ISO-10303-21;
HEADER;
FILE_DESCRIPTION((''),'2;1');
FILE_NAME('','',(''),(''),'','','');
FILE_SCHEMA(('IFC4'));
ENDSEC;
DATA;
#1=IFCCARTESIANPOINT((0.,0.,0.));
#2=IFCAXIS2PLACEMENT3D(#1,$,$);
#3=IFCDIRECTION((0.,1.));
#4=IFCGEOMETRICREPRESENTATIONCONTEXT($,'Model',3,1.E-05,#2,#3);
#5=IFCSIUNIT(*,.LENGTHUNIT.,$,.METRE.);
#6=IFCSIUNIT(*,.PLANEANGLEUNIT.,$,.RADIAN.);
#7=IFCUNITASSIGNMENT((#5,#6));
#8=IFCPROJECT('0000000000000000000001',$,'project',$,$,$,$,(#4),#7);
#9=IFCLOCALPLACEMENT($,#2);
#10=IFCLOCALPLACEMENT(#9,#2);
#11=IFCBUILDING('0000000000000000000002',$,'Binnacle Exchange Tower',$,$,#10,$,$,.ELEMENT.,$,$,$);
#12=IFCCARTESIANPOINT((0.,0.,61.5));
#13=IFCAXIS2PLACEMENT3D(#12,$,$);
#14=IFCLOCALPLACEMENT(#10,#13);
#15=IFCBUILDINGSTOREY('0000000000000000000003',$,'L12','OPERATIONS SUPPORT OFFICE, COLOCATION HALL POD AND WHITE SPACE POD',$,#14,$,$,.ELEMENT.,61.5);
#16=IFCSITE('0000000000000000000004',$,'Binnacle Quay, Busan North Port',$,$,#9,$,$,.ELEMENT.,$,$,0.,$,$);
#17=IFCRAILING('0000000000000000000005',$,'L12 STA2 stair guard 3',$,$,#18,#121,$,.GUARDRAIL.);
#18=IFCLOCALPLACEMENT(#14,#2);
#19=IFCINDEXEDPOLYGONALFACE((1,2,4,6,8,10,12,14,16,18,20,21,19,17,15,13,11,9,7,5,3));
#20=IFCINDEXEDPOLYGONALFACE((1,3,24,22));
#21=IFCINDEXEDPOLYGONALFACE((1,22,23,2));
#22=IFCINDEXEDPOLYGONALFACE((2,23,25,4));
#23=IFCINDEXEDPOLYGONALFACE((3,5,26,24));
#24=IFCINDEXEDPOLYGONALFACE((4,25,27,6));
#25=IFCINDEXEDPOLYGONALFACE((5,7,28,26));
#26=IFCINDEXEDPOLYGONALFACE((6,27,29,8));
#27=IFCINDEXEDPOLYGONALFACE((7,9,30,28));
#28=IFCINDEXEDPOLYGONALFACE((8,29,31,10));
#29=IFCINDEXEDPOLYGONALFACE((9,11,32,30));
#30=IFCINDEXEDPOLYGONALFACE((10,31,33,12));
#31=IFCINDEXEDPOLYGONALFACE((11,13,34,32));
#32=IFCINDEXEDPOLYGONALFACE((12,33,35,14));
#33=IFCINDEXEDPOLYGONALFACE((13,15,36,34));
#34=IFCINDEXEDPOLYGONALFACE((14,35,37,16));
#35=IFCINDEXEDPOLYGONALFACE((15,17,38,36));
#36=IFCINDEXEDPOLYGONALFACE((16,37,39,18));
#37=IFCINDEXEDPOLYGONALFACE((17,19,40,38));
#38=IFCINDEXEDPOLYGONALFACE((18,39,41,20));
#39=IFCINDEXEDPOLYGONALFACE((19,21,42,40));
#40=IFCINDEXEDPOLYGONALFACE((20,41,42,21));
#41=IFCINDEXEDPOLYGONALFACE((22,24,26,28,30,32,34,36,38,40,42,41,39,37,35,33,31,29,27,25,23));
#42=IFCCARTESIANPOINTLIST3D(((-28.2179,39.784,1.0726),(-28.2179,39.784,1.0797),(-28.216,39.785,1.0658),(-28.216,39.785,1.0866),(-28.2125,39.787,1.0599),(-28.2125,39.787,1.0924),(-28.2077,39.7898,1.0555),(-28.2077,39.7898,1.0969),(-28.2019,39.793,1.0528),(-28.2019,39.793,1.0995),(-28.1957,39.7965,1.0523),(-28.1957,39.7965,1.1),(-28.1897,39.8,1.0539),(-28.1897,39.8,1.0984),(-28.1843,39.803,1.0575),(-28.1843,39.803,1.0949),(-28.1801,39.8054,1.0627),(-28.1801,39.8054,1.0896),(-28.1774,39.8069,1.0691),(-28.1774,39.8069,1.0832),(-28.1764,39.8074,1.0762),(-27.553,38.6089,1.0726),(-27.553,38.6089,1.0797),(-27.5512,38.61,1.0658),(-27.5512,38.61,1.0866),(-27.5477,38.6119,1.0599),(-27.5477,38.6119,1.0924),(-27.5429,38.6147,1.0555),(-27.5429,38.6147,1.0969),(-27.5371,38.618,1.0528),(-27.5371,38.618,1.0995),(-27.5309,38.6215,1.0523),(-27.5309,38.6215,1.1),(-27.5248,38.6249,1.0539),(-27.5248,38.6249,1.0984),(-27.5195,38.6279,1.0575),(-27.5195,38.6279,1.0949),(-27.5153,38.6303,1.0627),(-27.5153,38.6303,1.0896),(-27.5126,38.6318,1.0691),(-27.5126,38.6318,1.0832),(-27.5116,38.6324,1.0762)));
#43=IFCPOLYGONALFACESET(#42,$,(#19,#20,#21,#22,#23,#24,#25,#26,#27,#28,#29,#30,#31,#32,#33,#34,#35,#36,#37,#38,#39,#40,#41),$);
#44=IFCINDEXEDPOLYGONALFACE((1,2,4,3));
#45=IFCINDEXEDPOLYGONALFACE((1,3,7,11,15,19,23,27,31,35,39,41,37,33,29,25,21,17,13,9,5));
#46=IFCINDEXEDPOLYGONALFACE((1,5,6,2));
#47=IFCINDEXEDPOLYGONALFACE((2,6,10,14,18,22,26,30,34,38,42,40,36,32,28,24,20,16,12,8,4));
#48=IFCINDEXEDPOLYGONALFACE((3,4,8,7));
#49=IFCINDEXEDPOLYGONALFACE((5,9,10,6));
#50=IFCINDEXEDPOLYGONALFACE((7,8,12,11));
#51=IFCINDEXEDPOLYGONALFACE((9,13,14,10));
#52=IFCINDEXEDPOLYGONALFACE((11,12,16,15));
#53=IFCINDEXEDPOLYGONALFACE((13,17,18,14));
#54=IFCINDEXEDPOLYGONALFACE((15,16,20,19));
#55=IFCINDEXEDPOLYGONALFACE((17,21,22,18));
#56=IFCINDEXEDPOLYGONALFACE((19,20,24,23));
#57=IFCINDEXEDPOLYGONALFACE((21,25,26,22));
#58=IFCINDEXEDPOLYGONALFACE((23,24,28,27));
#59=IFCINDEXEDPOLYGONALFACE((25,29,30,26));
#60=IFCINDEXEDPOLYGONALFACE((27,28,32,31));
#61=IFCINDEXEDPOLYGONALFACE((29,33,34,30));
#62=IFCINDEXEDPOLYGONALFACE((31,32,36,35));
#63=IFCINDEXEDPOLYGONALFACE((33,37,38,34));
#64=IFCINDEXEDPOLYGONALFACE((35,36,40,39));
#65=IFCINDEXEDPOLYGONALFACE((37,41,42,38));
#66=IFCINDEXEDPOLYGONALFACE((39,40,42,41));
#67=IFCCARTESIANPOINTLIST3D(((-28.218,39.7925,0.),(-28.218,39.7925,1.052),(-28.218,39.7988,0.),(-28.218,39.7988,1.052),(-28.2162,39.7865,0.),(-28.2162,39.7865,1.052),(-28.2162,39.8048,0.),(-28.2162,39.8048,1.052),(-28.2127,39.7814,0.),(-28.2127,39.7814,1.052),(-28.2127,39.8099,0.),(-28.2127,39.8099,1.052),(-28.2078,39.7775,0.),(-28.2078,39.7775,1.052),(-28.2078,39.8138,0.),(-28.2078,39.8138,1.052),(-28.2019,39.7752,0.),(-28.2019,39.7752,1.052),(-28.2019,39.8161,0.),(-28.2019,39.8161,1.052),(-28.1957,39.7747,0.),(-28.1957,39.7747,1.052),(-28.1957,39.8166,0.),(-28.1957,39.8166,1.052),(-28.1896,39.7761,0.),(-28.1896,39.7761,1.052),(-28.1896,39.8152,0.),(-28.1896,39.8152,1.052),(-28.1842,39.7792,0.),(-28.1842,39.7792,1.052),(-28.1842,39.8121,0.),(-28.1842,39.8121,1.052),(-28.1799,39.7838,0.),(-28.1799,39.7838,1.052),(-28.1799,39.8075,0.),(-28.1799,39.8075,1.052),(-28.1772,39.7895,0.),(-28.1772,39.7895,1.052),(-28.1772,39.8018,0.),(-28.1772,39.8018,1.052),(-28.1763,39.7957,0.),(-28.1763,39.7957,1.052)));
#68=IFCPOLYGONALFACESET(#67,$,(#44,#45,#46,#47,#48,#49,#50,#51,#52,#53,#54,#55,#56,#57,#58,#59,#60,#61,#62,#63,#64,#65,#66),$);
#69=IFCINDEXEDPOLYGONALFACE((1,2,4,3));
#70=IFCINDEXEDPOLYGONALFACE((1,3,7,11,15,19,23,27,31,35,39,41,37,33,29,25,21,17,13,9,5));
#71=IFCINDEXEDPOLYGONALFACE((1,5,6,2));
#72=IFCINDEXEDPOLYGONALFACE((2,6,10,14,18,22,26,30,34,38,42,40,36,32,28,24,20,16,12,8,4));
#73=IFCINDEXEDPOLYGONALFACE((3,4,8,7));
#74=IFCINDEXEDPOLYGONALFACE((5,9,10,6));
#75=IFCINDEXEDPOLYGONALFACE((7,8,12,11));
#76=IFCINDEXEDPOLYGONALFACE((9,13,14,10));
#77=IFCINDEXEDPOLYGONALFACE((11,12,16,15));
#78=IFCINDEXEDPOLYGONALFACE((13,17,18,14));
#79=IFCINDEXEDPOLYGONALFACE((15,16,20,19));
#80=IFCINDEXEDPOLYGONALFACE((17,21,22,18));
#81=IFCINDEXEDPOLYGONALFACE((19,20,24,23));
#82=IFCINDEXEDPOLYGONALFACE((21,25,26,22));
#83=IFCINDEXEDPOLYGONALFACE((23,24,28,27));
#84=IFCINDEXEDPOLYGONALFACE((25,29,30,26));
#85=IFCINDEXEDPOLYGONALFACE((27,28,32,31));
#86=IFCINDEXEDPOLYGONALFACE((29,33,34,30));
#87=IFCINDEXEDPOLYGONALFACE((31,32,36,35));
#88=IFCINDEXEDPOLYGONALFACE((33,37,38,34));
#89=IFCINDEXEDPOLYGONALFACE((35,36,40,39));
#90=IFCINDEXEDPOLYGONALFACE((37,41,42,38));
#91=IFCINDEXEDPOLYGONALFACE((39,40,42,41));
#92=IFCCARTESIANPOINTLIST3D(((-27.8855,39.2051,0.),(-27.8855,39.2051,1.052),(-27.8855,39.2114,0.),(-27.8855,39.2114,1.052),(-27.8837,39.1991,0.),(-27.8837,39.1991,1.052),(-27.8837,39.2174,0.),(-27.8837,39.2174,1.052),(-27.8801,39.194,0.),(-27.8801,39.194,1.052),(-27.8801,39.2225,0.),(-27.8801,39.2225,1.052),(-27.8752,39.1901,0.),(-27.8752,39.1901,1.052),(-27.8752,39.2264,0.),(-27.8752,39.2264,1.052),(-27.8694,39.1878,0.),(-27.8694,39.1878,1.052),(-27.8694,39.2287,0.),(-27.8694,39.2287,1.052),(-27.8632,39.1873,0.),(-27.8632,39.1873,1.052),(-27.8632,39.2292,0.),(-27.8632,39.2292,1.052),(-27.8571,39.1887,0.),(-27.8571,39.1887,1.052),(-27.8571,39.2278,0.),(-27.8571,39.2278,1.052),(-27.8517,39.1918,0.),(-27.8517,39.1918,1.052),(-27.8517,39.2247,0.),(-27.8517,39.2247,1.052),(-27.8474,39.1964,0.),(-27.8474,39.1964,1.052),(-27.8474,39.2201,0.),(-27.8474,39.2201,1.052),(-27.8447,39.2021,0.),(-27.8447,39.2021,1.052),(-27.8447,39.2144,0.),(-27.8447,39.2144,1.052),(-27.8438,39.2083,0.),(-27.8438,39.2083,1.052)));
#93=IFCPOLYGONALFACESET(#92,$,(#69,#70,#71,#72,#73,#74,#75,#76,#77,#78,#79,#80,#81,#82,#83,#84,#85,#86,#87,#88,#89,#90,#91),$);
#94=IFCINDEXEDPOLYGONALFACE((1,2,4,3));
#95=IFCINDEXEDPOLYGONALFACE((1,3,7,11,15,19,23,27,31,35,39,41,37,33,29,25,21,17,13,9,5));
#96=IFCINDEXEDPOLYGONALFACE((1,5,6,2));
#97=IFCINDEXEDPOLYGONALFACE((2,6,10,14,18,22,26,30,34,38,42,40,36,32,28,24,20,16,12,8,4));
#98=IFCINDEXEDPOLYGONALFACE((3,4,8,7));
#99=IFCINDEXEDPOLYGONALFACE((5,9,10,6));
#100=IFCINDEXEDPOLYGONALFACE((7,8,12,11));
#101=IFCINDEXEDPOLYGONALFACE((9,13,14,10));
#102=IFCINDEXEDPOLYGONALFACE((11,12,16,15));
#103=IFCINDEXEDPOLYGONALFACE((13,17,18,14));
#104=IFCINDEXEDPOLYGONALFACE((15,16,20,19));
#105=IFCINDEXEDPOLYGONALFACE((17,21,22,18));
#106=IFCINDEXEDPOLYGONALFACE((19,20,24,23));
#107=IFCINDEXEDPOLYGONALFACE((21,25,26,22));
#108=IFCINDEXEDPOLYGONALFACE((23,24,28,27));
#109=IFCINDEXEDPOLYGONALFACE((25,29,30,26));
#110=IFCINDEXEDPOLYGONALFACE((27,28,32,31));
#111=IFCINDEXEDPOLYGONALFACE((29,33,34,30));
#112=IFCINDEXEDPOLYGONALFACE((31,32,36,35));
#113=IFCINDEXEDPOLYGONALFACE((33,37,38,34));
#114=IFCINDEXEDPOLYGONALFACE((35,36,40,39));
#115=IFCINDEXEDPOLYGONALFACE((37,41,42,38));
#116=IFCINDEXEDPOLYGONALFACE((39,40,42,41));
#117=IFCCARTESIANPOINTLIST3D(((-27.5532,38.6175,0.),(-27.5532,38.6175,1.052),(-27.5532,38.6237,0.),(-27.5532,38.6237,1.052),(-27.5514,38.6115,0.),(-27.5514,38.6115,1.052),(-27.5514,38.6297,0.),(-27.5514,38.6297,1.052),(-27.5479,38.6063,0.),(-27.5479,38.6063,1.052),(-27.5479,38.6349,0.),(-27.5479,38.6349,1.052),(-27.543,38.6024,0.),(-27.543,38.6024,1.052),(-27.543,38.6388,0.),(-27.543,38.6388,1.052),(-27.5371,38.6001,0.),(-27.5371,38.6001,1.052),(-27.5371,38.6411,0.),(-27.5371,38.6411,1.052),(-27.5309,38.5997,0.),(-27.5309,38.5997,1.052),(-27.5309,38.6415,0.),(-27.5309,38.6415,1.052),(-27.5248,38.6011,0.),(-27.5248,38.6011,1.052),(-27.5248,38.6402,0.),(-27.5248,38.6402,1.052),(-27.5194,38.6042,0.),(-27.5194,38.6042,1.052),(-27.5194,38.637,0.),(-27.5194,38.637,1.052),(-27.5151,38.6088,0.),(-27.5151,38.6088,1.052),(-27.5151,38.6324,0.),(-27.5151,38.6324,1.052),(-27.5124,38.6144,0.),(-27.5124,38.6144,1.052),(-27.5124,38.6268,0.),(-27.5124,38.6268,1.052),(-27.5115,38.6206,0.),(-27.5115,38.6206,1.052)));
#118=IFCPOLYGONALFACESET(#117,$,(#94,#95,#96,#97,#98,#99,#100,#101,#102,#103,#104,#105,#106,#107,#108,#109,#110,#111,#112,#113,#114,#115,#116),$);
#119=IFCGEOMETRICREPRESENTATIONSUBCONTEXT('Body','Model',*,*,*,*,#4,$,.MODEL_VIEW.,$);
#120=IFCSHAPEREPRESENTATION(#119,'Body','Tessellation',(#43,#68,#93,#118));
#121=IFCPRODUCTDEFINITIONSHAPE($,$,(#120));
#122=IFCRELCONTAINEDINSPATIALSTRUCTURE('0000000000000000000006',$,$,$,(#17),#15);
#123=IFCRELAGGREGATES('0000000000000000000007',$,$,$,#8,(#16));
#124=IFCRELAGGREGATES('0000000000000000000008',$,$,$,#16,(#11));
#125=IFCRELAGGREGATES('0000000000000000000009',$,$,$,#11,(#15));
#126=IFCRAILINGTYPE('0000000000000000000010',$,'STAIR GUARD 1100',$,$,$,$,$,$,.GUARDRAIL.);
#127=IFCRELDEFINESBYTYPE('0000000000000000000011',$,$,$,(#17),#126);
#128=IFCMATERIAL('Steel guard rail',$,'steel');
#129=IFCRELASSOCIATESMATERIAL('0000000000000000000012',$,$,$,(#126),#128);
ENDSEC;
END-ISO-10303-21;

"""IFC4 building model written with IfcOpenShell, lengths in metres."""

from ifc_helpers import new_model, si_unit, direction, frame, origin, origin_2d, place, context, subcontext, project, spatial, circle, extrude, material, type_object, element, save


model = new_model("IFC4")

# Units and contexts
model_context = context("Model", 3, precision=1e-05, world=origin(), true_north=direction((0.0, 1.0)))
body_context = subcontext(model_context, "Body", "Model", "MODEL_VIEW")
ifc_project = project(units=[si_unit("LENGTHUNIT", "METRE"), si_unit("PLANEANGLEUNIT", "RADIAN")], contexts=[model_context])

# Site, building, storey
site_placement = place(None, origin())
site = spatial("IfcSite", under=ifc_project, at=site_placement, Name="Binnacle Quay, Busan North Port", CompositionType="ELEMENT", RefElevation=0.0)
building_placement = place(site_placement, origin())
building = spatial("IfcBuilding", under=site, at=building_placement, Name="Binnacle Exchange Tower", CompositionType="ELEMENT")
storey_placement = place(building_placement, frame((0.0, 0.0, 61.5)))
storey = spatial("IfcBuildingStorey", under=building, at=storey_placement, Name="L12", Description="OPERATIONS SUPPORT OFFICE, COLOCATION HALL POD AND WHITE SPACE POD", CompositionType="ELEMENT", Elevation=61.5)

# Railing
ifc_material_1 = material(Name="Steel guard rail", Category="steel")
railing_type_1 = type_object("IfcRailingType", Name="STAIR GUARD 1100", PredefinedType="GUARDRAIL", material=ifc_material_1)
railing_1_placement = place(storey_placement, frame((-28.1973, 39.7957, 0.0)))
element("IfcRailing", 1, at=railing_1_placement, inside=storey, type_object=railing_type_1, Name="L12 STA2 stair guard 3", PredefinedType="GUARDRAIL", context=body_context, shape_type="SweptSolid", body=[
    extrude(circle(Radius=0.0239, at=origin_2d()), frame((0.0, 0.0, 1.0762), z_axis=(0.492415, -0.870361, 0.0), x_axis=(0.870361, 0.492415, 0.0)), (0.0, 0.0, 1.0), 1.3501),
    extrude(circle(Radius=0.021, at=origin_2d()), origin(), (0.0, 0.0, 1.0), 1.052),
    extrude(circle(Radius=0.021, at=origin_2d()), frame((0.3325, -0.5874, 0.0)), (0.0, 0.0, 1.0), 1.052),
    extrude(circle(Radius=0.021, at=origin_2d()), frame((0.6648, -1.175, 0.0)), (0.0, 0.0, 1.0), 1.052),
])

save(model, "model.ifc")
